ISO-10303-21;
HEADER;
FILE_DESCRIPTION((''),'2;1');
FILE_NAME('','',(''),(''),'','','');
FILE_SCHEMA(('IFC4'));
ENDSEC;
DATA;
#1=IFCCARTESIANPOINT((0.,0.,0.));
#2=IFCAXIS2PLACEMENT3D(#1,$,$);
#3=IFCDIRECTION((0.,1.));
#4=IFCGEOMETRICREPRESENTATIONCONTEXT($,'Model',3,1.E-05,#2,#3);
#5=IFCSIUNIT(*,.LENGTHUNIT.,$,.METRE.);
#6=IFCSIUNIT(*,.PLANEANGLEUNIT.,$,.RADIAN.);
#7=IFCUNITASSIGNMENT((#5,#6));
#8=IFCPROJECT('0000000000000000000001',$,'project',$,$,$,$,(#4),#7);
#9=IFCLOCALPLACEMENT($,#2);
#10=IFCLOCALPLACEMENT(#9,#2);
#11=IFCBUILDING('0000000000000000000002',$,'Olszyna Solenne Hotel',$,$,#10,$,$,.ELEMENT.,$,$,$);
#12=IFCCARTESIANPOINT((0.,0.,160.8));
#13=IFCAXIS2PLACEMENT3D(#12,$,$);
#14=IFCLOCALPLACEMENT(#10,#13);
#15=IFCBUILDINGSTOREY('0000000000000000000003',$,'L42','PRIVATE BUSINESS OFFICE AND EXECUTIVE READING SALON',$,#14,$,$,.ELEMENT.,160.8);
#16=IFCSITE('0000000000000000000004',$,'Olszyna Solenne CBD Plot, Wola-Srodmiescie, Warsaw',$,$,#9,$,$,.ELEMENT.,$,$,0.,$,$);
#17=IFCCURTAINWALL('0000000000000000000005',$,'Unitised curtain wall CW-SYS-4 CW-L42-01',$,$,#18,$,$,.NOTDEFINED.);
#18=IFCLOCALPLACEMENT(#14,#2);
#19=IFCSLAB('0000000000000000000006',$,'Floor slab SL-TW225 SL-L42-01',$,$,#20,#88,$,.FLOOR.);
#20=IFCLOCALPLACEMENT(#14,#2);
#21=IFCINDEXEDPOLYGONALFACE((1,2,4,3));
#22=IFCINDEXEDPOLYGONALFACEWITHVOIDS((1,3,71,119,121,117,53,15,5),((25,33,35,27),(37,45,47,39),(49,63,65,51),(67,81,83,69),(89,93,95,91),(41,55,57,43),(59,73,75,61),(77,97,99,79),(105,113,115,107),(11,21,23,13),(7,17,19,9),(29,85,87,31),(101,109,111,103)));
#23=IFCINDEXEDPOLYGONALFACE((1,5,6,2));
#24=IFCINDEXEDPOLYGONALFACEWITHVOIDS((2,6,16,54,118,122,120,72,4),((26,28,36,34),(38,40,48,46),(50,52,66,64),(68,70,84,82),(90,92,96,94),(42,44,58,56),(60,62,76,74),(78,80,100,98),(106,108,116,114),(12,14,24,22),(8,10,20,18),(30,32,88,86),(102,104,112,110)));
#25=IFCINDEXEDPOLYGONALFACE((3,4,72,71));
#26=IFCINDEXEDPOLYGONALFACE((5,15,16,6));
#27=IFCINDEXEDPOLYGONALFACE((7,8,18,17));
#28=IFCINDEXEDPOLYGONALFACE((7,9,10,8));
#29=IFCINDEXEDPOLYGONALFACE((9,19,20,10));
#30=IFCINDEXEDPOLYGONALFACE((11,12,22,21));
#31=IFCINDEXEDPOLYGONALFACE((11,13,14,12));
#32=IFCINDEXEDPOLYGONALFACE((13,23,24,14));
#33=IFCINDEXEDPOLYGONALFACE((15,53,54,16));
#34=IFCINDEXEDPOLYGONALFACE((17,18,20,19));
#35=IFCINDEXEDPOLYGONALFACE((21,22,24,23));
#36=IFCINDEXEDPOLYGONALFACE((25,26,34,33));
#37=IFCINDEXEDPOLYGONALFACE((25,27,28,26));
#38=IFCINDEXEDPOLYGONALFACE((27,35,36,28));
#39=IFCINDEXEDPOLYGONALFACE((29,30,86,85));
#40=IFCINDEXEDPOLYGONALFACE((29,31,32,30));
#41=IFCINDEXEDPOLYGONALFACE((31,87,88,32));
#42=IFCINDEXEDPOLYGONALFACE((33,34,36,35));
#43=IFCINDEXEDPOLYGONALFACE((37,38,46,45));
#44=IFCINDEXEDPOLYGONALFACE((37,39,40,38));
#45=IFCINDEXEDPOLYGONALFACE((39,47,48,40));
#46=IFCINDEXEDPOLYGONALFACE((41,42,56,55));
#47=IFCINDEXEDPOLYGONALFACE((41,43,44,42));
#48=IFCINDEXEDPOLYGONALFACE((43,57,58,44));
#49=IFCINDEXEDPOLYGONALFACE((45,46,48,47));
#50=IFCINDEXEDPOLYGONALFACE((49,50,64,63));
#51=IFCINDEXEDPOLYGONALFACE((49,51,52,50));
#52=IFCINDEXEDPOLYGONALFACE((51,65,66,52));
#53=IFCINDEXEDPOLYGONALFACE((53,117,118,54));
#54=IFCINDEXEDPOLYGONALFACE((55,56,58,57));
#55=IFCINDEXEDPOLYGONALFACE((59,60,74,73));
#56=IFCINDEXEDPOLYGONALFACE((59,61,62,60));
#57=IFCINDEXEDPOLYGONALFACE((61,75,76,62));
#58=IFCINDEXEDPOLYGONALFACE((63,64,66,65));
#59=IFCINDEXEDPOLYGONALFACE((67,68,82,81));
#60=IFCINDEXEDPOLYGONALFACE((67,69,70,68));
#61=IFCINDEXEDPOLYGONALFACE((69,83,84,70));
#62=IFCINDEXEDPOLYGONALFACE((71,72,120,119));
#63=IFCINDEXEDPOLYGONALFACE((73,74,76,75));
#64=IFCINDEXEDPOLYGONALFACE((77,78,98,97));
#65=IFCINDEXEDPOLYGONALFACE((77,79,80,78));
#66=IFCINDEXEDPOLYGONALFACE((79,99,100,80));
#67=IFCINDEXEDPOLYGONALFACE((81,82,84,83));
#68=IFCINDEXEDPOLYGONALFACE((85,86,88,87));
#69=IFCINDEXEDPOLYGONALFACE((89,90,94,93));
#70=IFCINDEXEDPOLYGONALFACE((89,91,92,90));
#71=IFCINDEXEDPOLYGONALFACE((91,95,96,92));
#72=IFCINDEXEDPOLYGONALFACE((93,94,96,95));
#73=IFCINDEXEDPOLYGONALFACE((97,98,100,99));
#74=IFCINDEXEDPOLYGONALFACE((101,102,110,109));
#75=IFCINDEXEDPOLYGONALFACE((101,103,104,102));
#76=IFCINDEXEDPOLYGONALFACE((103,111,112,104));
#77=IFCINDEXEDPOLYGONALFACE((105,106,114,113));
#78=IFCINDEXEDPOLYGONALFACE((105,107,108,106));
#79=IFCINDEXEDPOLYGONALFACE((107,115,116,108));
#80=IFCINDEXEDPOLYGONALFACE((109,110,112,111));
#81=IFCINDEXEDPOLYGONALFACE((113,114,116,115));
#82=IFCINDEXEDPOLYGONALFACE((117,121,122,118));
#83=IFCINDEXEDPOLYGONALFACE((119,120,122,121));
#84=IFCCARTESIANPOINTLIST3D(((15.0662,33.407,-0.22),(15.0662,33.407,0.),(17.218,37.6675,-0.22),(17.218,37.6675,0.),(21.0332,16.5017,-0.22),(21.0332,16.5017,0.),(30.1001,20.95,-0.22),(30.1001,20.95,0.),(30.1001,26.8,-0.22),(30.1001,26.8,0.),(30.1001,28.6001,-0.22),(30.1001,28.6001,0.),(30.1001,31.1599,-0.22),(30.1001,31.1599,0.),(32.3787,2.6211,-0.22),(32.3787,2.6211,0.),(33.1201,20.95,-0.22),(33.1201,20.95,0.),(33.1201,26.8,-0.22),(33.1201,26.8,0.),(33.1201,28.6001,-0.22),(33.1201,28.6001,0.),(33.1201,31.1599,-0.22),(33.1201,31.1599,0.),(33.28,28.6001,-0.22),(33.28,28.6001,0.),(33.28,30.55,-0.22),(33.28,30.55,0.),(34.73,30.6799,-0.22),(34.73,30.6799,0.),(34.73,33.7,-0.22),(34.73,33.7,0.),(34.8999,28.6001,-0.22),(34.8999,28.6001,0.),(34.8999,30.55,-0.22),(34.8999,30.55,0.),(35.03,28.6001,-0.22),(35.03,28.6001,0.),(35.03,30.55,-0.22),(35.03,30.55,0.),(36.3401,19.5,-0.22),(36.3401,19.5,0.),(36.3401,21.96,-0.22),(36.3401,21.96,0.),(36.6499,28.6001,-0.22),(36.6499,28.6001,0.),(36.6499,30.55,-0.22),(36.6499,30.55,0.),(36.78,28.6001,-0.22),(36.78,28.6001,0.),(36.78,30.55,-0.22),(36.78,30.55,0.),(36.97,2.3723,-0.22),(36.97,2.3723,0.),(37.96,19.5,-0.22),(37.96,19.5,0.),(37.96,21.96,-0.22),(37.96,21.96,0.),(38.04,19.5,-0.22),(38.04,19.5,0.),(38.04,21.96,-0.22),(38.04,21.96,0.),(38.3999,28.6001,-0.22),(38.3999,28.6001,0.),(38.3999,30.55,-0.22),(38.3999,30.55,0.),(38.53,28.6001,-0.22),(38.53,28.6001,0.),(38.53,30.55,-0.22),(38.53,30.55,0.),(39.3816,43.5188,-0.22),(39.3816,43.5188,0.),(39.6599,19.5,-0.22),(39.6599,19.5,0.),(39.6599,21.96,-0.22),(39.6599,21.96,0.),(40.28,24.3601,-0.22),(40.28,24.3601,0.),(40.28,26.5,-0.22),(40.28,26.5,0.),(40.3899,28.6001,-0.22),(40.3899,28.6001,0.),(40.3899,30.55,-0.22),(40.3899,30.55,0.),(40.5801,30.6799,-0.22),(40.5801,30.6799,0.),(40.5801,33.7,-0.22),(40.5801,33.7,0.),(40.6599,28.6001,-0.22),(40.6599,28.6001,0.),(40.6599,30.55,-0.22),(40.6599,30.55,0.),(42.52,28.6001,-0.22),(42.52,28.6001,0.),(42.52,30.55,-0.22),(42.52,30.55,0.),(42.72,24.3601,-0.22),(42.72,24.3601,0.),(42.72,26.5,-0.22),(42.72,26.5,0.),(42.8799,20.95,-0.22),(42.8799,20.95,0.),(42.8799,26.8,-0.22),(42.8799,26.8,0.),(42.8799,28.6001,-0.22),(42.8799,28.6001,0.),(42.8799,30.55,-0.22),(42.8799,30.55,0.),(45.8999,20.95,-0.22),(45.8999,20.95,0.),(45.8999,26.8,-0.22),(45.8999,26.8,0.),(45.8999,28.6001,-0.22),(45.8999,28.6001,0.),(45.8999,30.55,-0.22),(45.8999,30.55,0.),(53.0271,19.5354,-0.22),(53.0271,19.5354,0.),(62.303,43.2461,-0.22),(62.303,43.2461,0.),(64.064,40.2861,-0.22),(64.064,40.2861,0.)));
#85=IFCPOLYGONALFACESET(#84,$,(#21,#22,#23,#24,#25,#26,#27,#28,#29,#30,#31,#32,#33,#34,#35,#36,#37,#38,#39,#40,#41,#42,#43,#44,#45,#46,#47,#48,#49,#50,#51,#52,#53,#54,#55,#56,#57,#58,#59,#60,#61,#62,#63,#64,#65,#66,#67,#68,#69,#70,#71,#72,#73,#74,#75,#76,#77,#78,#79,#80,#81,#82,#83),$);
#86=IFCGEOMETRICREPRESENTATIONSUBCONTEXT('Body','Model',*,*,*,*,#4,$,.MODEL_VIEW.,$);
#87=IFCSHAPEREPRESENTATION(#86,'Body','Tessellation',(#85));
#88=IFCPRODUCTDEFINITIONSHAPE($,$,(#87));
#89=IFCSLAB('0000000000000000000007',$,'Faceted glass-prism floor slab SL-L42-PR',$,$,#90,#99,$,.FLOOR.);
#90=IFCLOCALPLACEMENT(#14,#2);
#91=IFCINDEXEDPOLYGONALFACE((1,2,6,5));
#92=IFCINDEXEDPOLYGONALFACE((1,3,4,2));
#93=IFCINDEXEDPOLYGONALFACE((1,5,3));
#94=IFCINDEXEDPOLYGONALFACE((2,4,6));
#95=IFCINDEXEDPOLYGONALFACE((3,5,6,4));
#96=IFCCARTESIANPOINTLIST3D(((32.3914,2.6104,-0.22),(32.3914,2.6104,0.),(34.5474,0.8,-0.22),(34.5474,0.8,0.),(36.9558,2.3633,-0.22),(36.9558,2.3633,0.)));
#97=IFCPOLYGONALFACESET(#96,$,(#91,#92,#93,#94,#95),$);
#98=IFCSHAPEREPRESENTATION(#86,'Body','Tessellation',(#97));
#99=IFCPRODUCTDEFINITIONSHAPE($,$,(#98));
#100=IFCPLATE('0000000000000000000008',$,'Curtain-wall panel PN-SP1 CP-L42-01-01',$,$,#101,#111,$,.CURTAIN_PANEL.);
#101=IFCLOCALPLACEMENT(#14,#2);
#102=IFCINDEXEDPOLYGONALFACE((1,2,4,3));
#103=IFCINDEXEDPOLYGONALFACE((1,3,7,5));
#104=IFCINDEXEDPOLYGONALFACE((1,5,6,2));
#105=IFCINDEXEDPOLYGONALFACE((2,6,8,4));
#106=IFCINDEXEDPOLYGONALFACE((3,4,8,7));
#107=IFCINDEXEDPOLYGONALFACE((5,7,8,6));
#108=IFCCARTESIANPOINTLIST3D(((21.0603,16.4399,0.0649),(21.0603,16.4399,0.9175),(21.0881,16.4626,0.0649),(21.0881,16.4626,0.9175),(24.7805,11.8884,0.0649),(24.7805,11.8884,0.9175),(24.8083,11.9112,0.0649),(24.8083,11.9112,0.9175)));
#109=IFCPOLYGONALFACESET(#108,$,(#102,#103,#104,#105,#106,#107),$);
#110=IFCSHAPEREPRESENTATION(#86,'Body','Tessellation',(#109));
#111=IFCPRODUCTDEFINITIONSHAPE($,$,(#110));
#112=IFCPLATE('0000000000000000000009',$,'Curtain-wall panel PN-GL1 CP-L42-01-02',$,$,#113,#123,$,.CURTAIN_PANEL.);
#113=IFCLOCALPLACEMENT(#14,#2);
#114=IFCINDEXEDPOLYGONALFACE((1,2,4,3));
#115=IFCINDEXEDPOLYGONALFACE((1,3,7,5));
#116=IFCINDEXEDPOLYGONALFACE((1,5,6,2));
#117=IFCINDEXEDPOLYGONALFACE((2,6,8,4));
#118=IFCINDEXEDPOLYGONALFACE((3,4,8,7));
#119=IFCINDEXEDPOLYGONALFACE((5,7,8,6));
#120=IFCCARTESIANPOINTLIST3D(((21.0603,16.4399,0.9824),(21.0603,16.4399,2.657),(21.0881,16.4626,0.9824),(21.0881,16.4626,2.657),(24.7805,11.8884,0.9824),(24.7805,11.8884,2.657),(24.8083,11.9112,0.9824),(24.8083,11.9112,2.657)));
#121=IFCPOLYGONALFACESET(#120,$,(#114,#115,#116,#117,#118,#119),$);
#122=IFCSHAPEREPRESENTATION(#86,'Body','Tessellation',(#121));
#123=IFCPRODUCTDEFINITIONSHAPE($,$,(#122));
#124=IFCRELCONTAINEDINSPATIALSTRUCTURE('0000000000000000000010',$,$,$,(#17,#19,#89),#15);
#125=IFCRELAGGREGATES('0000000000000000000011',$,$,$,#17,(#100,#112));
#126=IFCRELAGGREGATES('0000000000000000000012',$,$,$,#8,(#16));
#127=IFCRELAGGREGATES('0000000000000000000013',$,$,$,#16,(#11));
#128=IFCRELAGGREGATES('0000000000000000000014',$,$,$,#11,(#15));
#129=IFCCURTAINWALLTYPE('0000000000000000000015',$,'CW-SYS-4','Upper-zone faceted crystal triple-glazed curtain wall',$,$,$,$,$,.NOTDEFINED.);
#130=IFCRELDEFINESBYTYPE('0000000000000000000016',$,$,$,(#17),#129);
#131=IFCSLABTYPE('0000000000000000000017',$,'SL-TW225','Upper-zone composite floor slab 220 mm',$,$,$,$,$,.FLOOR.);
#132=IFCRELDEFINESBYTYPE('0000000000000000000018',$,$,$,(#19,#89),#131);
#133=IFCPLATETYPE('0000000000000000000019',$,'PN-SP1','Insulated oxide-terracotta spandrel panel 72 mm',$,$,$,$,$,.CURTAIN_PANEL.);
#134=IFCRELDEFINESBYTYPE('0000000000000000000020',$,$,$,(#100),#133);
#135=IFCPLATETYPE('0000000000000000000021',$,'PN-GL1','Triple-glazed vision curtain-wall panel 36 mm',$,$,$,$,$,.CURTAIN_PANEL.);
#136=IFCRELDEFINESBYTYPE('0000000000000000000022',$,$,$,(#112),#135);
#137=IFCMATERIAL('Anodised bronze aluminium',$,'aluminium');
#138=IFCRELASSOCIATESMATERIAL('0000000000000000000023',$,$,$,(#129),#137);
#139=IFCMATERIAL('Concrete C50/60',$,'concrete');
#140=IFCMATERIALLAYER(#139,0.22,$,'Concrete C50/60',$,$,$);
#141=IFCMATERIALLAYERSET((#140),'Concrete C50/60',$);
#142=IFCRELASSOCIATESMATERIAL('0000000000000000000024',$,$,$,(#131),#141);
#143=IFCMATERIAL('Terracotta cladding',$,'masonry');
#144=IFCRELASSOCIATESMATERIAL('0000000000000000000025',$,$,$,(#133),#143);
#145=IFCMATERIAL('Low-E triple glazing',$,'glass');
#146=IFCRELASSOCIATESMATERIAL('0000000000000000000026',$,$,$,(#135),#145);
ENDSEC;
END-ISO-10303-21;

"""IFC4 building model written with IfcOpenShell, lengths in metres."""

from ifc_helpers import new_model, si_unit, direction, frame, origin, origin_2d, place, context, subcontext, project, spatial, polyline, rectangle, outline, extrude, source, transform, mapped, material, layer, layer_set, type_object, element, aggregate, save


model = new_model("IFC4")

# Units and contexts
model_context = context("Model", 3, precision=1e-05, world=origin(), true_north=direction((0.0, 1.0)))
body_context = subcontext(model_context, "Body", "Model", "MODEL_VIEW")
ifc_project = project(units=[si_unit("LENGTHUNIT", "METRE"), si_unit("PLANEANGLEUNIT", "RADIAN")], contexts=[model_context])

# Site, building, storey
site_placement = place(None, origin())
site = spatial("IfcSite", under=ifc_project, at=site_placement, Name="Olszyna Solenne CBD Plot, Wola-Srodmiescie, Warsaw", CompositionType="ELEMENT", RefElevation=0.0)
building_placement = place(site_placement, origin())
building = spatial("IfcBuilding", under=site, at=building_placement, Name="Olszyna Solenne Hotel", CompositionType="ELEMENT")
storey_placement = place(building_placement, frame((0.0, 0.0, 160.8)))
storey = spatial("IfcBuildingStorey", under=building, at=storey_placement, Name="L42", Description="PRIVATE BUSINESS OFFICE AND EXECUTIVE READING SALON", CompositionType="ELEMENT", Elevation=160.8)

# Curtain wall
ifc_material_1 = material(Name="Anodised bronze aluminium", Category="aluminium")
curtain_wall_type = type_object("IfcCurtainWallType", Name="CW-SYS-4", Description="Upper-zone faceted crystal triple-glazed curtain wall", PredefinedType="NOTDEFINED", material=ifc_material_1)
curtain_wall_placement = place(storey_placement, origin())
curtain_wall = element("IfcCurtainWall", 1, at=curtain_wall_placement, inside=storey, type_object=curtain_wall_type, Name="Unitised curtain wall CW-SYS-4 CW-L42-01", PredefinedType="NOTDEFINED")

# Slabs
ifc_material_2 = material(Name="Concrete C50/60", Category="concrete")
ifc_layer_1 = layer(ifc_material_2, 0.22, Name="Concrete C50/60")
ifc_layer_set_1 = layer_set([ifc_layer_1], Name="Concrete C50/60")
slab_type_1 = type_object("IfcSlabType", Name="SL-TW225", Description="Upper-zone composite floor slab 220 mm", PredefinedType="FLOOR", material=ifc_layer_set_1)
slab_1_placement = place(storey_placement, frame((0.0, 0.0, -0.22)))
element("IfcSlab", 2, at=slab_1_placement, inside=storey, type_object=slab_type_1, Name="Floor slab SL-TW225 SL-L42-01", PredefinedType="FLOOR", context=body_context, shape_type="SweptSolid", body=[
    extrude(outline(polyline([(64.064, 40.2861), (62.303, 43.2461), (39.3816, 43.5188), (17.218, 37.6675), (15.0662, 33.407), (21.0332, 16.5017), (32.3787, 2.6211), (36.97, 2.3723), (53.0271, 19.5354), (64.064, 40.2861)]), holes=[polyline([(30.1001, 20.95), (33.1201, 20.95), (33.1201, 26.8), (30.1001, 26.8), (30.1001, 20.95)]), polyline([(42.8799, 20.95), (45.8999, 20.95), (45.8999, 26.8), (42.8799, 26.8), (42.8799, 20.95)]), polyline([(34.73, 30.6799), (40.5801, 30.6799), (40.5801, 33.7), (34.73, 33.7), (34.73, 30.6799)]), polyline([(36.3401, 19.5), (37.96, 19.5), (37.96, 21.96), (36.3401, 21.96), (36.3401, 19.5)]), polyline([(38.04, 19.5), (39.6599, 19.5), (39.6599, 21.96), (38.04, 21.96), (38.04, 19.5)]), polyline([(30.1001, 28.6001), (33.1201, 28.6001), (33.1201, 31.1599), (30.1001, 31.1599), (30.1001, 28.6001)]), polyline([(40.28, 24.3601), (42.72, 24.3601), (42.72, 26.5), (40.28, 26.5), (40.28, 24.3601)]), polyline([(33.28, 28.6001), (34.8999, 28.6001), (34.8999, 30.55), (33.28, 30.55), (33.28, 28.6001)]), polyline([(35.03, 28.6001), (36.6499, 28.6001), (36.6499, 30.55), (35.03, 30.55), (35.03, 28.6001)]), polyline([(36.78, 28.6001), (38.3999, 28.6001), (38.3999, 30.55), (36.78, 30.55), (36.78, 28.6001)]), polyline([(38.53, 28.6001), (40.3899, 28.6001), (40.3899, 30.55), (38.53, 30.55), (38.53, 28.6001)]), polyline([(40.6599, 28.6001), (42.52, 28.6001), (42.52, 30.55), (40.6599, 30.55), (40.6599, 28.6001)]), polyline([(42.8799, 28.6001), (45.8999, 28.6001), (45.8999, 30.55), (42.8799, 30.55), (42.8799, 28.6001)])]), origin(), (0.0, 0.0, 1.0), 0.22),
])
slab_2_placement = place(storey_placement, frame((0.0, 0.0, -0.22)))
element("IfcSlab", 3, at=slab_2_placement, inside=storey, type_object=slab_type_1, Name="Faceted glass-prism floor slab SL-L42-PR", PredefinedType="FLOOR", context=body_context, shape_type="SweptSolid", body=[
    extrude(outline(polyline([(36.9558, 2.3633), (32.3914, 2.6104), (34.5474, 0.8), (36.9558, 2.3633)])), origin(), (0.0, 0.0, 1.0), 0.22),
])

# Plates
ifc_material_3 = material(Name="Terracotta cladding", Category="masonry")
plate_type_1 = type_object("IfcPlateType", Name="PN-SP1", Description="Insulated oxide-terracotta spandrel panel 72 mm", PredefinedType="CURTAIN_PANEL", material=ifc_material_3)
shared_shape_1 = source(origin(), body_context, "Body", "SweptSolid", [
    extrude(rectangle(XDim=5.8784, YDim=0.0359, at=origin_2d()), origin(), (0.0, 0.0, 1.0), 0.8525),
])
plate_1_placement = place(storey_placement, frame((22.9343, 14.1755, 0.0649), z_axis=(0.0, 0.0, 1.0), x_axis=(0.632858, -0.774268, 0.0)))
plate_1 = element("IfcPlate", 4, at=plate_1_placement, type_object=plate_type_1, Name="Curtain-wall panel PN-SP1 CP-L42-01-01", PredefinedType="CURTAIN_PANEL", context=body_context, shape_type="MappedRepresentation", body=[
    mapped(shared_shape_1, transform((0.0, 0.0, 0.0), x_axis=(1.0, 0.0, 0.0), y_axis=(0.0, 1.0, 0.0), z_axis=(0.0, 0.0, 1.0), scale=1.0)),
])
ifc_material_4 = material(Name="Low-E triple glazing", Category="glass")
plate_type_2 = type_object("IfcPlateType", Name="PN-GL1", Description="Triple-glazed vision curtain-wall panel 36 mm", PredefinedType="CURTAIN_PANEL", material=ifc_material_4)
shared_shape_2 = source(origin(), body_context, "Body", "SweptSolid", [
    extrude(rectangle(XDim=5.8784, YDim=0.0359, at=origin_2d()), origin(), (0.0, 0.0, 1.0), 1.6746),
])
plate_2_placement = place(storey_placement, frame((22.9343, 14.1755, 0.9824), z_axis=(0.0, 0.0, 1.0), x_axis=(0.632858, -0.774268, 0.0)))
plate_2 = element("IfcPlate", 5, at=plate_2_placement, type_object=plate_type_2, Name="Curtain-wall panel PN-GL1 CP-L42-01-02", PredefinedType="CURTAIN_PANEL", context=body_context, shape_type="MappedRepresentation", body=[
    mapped(shared_shape_2, transform((0.0, 0.0, 0.0), x_axis=(1.0, 0.0, 0.0), y_axis=(0.0, 1.0, 0.0), z_axis=(0.0, 0.0, 1.0), scale=1.0)),
])
aggregate(curtain_wall, [plate_1, plate_2])

save(model, "model.ifc")
